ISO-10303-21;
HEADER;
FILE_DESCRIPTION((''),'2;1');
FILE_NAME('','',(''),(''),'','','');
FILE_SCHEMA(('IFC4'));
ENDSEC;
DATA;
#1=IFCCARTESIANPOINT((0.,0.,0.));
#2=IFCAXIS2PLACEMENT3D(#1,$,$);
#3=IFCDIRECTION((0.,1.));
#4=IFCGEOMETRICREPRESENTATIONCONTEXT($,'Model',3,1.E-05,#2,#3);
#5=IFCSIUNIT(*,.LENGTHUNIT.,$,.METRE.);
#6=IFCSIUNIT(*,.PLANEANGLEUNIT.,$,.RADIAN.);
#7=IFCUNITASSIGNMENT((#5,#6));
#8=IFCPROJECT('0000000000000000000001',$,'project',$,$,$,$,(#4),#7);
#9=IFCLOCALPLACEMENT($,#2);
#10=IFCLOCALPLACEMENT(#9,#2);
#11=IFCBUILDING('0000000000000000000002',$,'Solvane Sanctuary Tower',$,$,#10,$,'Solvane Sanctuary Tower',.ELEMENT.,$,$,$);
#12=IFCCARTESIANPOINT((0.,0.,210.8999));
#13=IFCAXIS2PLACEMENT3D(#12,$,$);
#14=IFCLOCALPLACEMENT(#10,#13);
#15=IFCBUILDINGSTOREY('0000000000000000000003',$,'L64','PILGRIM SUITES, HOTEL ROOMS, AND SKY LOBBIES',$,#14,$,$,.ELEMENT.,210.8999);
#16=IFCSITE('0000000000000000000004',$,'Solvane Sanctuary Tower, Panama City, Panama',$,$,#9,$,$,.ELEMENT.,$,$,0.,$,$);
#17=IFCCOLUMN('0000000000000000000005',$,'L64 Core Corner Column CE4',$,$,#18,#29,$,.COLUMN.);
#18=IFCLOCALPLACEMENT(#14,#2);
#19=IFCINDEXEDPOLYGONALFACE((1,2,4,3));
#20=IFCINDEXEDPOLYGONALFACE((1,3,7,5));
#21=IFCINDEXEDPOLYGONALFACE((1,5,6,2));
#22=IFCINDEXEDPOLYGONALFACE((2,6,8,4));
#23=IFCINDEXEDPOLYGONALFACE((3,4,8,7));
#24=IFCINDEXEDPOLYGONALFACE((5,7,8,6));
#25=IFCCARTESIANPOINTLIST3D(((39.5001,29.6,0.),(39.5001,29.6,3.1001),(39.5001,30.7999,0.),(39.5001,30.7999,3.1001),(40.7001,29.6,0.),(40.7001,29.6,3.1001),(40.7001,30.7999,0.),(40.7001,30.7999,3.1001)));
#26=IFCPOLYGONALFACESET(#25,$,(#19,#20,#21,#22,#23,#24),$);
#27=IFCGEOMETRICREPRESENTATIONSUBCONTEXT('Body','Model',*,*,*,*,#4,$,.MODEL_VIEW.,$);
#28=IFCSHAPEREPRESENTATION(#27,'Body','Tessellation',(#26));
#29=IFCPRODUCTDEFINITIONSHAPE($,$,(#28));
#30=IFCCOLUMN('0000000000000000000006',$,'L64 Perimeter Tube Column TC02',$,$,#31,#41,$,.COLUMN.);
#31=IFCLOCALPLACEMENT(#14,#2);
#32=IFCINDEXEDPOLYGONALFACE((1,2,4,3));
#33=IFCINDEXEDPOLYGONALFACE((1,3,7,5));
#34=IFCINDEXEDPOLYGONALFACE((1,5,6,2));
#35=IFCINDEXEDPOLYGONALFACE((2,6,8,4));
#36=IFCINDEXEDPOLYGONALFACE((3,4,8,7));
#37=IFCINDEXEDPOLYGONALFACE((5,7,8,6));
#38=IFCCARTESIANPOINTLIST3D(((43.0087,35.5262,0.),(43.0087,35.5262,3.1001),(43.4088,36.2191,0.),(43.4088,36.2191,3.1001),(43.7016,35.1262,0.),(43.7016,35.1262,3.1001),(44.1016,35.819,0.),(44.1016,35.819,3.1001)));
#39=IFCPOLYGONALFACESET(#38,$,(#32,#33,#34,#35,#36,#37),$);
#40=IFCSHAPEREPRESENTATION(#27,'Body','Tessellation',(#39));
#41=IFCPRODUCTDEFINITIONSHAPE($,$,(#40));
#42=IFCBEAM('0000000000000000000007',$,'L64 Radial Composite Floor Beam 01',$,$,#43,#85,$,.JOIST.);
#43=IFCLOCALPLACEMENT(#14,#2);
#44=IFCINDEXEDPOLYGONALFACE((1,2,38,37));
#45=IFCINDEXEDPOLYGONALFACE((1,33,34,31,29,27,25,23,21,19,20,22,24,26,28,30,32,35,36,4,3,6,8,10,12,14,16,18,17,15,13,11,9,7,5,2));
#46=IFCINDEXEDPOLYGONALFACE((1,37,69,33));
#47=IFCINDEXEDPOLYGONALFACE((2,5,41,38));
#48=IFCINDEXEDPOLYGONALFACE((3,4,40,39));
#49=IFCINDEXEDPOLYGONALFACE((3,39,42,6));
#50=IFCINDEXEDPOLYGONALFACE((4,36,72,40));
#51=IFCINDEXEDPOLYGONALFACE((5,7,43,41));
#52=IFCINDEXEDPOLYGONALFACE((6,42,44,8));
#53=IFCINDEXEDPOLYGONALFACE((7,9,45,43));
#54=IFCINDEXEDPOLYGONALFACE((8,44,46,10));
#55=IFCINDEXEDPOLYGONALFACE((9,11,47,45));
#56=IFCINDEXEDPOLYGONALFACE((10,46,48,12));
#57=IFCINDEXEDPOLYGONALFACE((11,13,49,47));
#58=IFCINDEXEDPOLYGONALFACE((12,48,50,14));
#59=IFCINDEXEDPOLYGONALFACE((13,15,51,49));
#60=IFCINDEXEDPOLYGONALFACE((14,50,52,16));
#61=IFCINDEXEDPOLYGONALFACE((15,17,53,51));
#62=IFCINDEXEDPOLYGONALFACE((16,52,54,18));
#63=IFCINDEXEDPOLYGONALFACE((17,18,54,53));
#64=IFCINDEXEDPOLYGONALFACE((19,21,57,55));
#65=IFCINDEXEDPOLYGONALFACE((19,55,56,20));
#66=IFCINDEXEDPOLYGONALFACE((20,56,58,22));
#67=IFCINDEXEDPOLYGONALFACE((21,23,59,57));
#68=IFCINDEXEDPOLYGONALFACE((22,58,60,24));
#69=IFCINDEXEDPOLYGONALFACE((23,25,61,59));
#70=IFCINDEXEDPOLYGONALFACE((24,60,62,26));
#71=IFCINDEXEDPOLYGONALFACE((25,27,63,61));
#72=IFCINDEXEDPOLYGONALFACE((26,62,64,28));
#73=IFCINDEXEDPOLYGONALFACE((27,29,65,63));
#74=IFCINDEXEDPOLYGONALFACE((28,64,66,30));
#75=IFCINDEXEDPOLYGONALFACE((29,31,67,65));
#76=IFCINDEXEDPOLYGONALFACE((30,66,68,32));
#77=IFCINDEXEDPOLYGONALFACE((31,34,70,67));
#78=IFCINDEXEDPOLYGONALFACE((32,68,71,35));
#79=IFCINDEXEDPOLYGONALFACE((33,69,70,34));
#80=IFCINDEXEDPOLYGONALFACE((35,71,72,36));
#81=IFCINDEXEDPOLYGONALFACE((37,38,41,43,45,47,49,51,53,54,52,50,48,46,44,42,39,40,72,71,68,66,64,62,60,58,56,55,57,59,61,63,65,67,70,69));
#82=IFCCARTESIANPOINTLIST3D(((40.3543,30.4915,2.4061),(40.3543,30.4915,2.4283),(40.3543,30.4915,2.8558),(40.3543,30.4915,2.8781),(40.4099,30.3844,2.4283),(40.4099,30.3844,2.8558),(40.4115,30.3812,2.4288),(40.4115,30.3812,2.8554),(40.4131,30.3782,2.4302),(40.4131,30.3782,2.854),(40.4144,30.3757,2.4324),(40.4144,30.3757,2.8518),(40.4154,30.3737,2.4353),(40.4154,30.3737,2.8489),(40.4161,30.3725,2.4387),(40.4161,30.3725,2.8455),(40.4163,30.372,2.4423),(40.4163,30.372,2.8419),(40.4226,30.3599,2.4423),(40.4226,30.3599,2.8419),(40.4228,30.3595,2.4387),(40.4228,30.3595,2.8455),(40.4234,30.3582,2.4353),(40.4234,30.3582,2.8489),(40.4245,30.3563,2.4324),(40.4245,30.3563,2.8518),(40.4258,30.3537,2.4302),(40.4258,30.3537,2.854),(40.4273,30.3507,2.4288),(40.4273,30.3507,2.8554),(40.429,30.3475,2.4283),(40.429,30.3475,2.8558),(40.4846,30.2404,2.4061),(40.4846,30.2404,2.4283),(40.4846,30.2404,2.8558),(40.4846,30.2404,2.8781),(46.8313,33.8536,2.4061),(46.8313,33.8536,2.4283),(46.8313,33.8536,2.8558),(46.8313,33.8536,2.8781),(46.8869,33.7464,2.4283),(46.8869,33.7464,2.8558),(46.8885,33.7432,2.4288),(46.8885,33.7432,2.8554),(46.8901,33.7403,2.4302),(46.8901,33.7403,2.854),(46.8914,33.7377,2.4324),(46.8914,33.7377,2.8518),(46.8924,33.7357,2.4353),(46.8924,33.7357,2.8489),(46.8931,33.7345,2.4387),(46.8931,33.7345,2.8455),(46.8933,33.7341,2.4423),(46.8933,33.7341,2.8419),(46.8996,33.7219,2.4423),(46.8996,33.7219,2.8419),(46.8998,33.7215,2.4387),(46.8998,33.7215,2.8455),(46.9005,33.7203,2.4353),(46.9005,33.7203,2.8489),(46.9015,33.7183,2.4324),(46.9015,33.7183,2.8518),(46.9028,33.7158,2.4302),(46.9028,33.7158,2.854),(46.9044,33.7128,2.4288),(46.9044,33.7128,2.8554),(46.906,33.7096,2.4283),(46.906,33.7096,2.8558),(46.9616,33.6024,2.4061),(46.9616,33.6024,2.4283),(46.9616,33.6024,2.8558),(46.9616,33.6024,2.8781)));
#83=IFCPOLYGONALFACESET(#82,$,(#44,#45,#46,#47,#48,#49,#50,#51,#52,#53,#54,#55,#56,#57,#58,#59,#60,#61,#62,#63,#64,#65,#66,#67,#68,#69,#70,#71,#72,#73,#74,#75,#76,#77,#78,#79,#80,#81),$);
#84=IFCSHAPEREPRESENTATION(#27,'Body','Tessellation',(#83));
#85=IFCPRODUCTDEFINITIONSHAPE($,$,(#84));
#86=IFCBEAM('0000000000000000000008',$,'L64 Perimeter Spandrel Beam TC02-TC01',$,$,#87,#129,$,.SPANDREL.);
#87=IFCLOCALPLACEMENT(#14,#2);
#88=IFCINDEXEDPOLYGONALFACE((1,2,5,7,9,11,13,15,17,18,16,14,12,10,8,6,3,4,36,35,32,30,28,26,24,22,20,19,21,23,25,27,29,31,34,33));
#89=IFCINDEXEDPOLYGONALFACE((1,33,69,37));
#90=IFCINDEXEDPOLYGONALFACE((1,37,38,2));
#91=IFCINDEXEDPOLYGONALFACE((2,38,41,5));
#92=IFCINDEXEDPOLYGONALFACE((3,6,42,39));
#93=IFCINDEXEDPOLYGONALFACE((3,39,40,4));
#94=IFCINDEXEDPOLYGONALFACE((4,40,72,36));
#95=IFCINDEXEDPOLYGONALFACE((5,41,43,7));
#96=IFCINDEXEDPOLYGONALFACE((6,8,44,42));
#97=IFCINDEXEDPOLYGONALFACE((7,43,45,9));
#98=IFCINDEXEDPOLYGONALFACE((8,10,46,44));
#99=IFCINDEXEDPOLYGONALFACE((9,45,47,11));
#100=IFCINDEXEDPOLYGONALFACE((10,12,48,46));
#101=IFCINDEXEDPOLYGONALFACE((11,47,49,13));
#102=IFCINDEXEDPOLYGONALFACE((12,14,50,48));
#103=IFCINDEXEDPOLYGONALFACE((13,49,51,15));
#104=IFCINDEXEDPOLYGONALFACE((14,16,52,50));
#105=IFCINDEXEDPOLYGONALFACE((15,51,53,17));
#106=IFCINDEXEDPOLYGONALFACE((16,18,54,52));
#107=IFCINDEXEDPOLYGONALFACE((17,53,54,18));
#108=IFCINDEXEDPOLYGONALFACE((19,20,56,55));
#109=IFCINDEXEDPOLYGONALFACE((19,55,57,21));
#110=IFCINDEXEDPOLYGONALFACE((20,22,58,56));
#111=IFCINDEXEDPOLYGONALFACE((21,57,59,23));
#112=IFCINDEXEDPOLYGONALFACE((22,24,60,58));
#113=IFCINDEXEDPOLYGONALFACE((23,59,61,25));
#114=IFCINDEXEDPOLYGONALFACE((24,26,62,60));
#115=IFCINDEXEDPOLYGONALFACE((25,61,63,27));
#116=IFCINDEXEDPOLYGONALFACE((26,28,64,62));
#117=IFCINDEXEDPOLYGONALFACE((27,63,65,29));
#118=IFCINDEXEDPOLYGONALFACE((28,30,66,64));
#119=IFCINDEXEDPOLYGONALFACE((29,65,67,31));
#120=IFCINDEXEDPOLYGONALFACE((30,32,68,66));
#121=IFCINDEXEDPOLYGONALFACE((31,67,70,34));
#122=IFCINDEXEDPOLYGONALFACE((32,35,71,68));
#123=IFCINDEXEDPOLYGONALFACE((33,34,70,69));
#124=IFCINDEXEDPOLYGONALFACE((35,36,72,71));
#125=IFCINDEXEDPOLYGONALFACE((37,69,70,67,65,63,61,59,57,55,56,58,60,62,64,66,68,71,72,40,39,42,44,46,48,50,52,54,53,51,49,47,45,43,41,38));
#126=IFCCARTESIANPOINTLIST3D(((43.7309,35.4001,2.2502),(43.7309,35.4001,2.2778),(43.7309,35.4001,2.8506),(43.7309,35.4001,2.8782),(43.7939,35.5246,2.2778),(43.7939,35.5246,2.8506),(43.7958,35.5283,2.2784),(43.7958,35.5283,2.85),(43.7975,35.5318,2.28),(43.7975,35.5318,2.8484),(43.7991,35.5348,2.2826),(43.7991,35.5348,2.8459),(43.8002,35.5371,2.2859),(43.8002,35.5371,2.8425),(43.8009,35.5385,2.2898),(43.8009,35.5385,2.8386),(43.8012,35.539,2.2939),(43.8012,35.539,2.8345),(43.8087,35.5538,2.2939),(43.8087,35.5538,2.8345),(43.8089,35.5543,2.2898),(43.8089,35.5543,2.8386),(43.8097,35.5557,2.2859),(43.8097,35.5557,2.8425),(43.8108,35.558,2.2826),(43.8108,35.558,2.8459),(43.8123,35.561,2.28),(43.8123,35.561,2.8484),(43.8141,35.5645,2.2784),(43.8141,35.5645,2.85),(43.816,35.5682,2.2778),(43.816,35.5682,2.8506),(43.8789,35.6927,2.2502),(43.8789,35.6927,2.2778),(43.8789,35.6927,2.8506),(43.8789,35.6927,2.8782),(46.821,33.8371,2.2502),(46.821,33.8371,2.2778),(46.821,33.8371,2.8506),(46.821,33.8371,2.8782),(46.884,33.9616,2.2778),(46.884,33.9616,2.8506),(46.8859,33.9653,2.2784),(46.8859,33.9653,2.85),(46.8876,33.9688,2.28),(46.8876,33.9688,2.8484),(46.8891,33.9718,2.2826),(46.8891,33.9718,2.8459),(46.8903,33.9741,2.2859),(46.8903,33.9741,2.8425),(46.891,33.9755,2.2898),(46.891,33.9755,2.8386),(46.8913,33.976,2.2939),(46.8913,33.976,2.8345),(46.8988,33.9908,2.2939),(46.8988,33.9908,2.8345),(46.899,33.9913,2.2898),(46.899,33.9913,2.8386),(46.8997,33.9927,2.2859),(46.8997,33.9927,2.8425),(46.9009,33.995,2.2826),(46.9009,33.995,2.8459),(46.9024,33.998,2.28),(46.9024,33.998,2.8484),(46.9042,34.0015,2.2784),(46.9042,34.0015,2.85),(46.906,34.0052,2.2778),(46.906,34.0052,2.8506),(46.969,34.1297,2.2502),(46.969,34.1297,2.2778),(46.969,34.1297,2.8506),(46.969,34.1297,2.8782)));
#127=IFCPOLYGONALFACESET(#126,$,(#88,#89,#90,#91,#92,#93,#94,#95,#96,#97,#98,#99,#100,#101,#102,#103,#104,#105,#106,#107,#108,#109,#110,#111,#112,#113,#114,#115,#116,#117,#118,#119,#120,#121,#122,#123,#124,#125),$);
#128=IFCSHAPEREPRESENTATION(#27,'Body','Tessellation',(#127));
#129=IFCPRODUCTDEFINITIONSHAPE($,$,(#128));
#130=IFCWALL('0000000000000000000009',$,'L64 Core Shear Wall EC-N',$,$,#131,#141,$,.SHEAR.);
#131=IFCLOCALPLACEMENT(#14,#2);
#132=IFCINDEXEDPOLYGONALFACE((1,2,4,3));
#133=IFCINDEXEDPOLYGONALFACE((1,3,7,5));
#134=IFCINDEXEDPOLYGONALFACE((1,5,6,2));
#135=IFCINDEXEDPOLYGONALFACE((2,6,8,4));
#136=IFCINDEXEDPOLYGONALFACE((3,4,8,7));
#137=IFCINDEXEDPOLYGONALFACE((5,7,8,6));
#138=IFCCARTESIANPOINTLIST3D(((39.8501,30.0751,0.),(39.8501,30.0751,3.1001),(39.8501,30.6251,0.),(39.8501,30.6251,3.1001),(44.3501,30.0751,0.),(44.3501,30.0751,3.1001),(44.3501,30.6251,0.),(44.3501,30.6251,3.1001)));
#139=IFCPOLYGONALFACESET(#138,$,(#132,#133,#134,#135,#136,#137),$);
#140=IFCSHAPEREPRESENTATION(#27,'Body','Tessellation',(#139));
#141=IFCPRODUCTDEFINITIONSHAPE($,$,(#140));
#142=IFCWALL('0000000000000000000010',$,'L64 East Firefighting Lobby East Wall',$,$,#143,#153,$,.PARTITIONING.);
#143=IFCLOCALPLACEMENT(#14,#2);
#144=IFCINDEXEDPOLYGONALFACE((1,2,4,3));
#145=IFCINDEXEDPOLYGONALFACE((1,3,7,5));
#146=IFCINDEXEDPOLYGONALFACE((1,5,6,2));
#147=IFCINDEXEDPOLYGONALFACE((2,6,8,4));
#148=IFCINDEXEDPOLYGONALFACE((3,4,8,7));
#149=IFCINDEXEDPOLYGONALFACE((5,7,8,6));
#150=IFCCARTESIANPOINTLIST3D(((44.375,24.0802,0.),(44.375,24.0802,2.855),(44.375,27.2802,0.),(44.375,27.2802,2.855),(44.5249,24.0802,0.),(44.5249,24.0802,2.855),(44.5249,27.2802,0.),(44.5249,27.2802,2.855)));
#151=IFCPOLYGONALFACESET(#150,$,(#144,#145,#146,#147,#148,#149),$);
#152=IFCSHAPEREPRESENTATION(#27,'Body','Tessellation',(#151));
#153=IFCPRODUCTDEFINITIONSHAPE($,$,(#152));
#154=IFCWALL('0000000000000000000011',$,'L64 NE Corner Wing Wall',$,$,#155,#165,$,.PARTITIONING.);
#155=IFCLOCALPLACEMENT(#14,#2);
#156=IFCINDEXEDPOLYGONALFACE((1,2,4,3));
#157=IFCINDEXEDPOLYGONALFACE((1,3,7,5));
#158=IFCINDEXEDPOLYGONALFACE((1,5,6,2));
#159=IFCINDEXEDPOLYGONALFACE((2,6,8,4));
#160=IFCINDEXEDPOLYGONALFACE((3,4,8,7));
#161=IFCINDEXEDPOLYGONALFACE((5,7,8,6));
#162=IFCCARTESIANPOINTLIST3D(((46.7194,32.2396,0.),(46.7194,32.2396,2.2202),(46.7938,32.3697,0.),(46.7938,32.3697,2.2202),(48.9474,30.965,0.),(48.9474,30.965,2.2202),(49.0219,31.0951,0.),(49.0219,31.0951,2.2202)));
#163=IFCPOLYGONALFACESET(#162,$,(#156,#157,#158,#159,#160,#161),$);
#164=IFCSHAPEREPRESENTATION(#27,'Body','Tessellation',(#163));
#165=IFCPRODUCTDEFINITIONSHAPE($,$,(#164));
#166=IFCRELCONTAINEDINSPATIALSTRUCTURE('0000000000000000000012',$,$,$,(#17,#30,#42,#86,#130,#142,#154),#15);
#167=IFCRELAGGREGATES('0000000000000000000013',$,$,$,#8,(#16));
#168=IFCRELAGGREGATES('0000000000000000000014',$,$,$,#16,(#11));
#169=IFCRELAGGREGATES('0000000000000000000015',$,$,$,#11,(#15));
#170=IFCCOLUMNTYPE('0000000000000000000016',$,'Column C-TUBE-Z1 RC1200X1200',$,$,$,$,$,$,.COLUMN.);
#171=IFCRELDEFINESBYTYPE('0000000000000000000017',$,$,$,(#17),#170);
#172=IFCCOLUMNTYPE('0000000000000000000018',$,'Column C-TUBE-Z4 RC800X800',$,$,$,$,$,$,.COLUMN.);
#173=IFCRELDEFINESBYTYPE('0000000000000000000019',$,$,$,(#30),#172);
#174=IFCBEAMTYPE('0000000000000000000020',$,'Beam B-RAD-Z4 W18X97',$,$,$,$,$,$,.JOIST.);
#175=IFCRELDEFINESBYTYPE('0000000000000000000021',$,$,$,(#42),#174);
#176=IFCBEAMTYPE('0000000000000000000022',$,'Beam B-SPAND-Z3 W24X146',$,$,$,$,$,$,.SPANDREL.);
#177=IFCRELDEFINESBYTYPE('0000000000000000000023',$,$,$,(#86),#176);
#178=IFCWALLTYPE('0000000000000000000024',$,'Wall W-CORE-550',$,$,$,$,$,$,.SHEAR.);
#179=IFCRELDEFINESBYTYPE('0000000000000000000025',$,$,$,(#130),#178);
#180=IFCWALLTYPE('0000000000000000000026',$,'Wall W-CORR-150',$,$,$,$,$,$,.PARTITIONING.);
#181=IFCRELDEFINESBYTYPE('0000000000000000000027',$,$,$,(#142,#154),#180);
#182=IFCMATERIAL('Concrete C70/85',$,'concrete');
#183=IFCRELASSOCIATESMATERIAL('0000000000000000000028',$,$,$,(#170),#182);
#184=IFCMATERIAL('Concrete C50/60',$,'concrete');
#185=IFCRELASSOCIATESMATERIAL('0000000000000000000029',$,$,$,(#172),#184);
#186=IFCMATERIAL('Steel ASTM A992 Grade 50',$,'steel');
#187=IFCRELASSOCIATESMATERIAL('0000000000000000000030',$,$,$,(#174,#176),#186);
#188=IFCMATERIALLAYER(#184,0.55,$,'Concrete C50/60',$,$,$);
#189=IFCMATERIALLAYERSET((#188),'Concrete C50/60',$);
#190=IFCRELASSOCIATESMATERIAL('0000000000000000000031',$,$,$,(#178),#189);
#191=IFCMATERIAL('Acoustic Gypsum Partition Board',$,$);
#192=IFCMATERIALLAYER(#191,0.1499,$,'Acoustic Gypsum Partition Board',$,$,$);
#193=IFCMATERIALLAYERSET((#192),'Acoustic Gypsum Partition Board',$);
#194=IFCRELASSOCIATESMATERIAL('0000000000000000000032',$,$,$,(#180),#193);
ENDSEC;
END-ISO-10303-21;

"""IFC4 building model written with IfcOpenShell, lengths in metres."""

from ifc_helpers import new_model, si_unit, direction, frame, frame_2d, origin, origin_2d, place, context, subcontext, project, spatial, rectangle, i_section, extrude, material, layer, layer_set, material_profile, profile_set, type_object, element, save


model = new_model("IFC4")

# Units and contexts
model_context = context("Model", 3, precision=1e-05, world=origin(), true_north=direction((0.0, 1.0)))
body_context = subcontext(model_context, "Body", "Model", "MODEL_VIEW")
ifc_project = project(units=[si_unit("LENGTHUNIT", "METRE"), si_unit("PLANEANGLEUNIT", "RADIAN")], contexts=[model_context])

# Site, building, storey
site_placement = place(None, origin())
site = spatial("IfcSite", under=ifc_project, at=site_placement, Name="Solvane Sanctuary Tower, Panama City, Panama", CompositionType="ELEMENT", RefElevation=0.0)
building_placement = place(site_placement, origin())
building = spatial("IfcBuilding", under=site, at=building_placement, Name="Solvane Sanctuary Tower", LongName="Solvane Sanctuary Tower", CompositionType="ELEMENT")
storey_placement = place(building_placement, frame((0.0, 0.0, 210.8999)))
storey = spatial("IfcBuildingStorey", under=building, at=storey_placement, Name="L64", Description="PILGRIM SUITES, HOTEL ROOMS, AND SKY LOBBIES", CompositionType="ELEMENT", Elevation=210.8999)

# Columns
ifc_material_1 = material(Name="Concrete C70/85", Category="concrete")
ifc_material_profile_1 = material_profile(ifc_material_1, rectangle(XDim=1.2, YDim=1.2, at=origin_2d()), Name="RC1200X1200")
ifc_profile_set_1 = profile_set([ifc_material_profile_1], Name="Concrete C70/85")
column_type_1 = type_object("IfcColumnType", Name="Column C-TUBE-Z1 RC1200X1200", PredefinedType="COLUMN", material=ifc_profile_set_1)
column_1_placement = place(storey_placement, frame((40.1001, 30.2, 0.0), z_axis=(0.0, 0.0, 1.0), x_axis=(1.0, 0.0, 0.0)))
element("IfcColumn", 1, at=column_1_placement, inside=storey, type_object=column_type_1, Name="L64 Core Corner Column CE4", PredefinedType="COLUMN", context=body_context, shape_type="SweptSolid", body=[
    extrude(rectangle(XDim=1.2, YDim=1.2, at=origin_2d()), origin(), (0.0, 0.0, 1.0), 3.1001),
])
ifc_material_2 = material(Name="Concrete C50/60", Category="concrete")
ifc_material_profile_2 = material_profile(ifc_material_2, rectangle(XDim=0.8, YDim=0.8, at=origin_2d()), Name="RC800X800")
ifc_profile_set_2 = profile_set([ifc_material_profile_2], Name="Concrete C50/60")
column_type_2 = type_object("IfcColumnType", Name="Column C-TUBE-Z4 RC800X800", PredefinedType="COLUMN", material=ifc_profile_set_2)
column_2_placement = place(storey_placement, frame((43.5552, 35.6726, 0.0), z_axis=(0.0, 0.0, 1.0), x_axis=(0.5, 0.866025, 0.0)))
element("IfcColumn", 2, at=column_2_placement, inside=storey, type_object=column_type_2, Name="L64 Perimeter Tube Column TC02", PredefinedType="COLUMN", context=body_context, shape_type="SweptSolid", body=[
    extrude(rectangle(XDim=0.8, YDim=0.8, at=origin_2d()), origin(), (0.0, 0.0, 1.0), 3.1001),
])

# Beams
ifc_material_3 = material(Name="Steel ASTM A992 Grade 50", Category="steel")
ifc_material_profile_3 = material_profile(ifc_material_3, i_section(OverallWidth=0.283, OverallDepth=0.4719, WebThickness=0.0137, FlangeThickness=0.0222, FilletRadius=0.0139, at=origin_2d()), Name="W18X97")
ifc_profile_set_3 = profile_set([ifc_material_profile_3], Name="Steel ASTM A992 Grade 50")
beam_type_1 = type_object("IfcBeamType", Name="Beam B-RAD-Z4 W18X97", PredefinedType="JOIST", material=ifc_profile_set_3)
beam_1_placement = place(storey_placement, frame((40.4194, 30.366, 2.6421), z_axis=(0.887553, 0.460705, 0.0), x_axis=(-0.460705, 0.887553, 0.0)))
element("IfcBeam", 3, at=beam_1_placement, inside=storey, type_object=beam_type_1, Name="L64 Radial Composite Floor Beam 01", PredefinedType="JOIST", context=body_context, shape_type="SweptSolid", body=[
    extrude(i_section(OverallWidth=0.283, OverallDepth=0.4719, WebThickness=0.0137, FlangeThickness=0.0222, FilletRadius=0.0139, at=origin_2d()), origin(), (0.0, 0.0, 1.0), 7.2976),
])
ifc_material_profile_4 = material_profile(ifc_material_3, i_section(OverallWidth=0.3279, OverallDepth=0.6279, WebThickness=0.0166, FlangeThickness=0.0276, FilletRadius=0.0161, at=origin_2d()), Name="W24X146")
ifc_profile_set_4 = profile_set([ifc_material_profile_4], Name="Steel ASTM A992 Grade 50")
beam_type_2 = type_object("IfcBeamType", Name="Beam B-SPAND-Z3 W24X146", PredefinedType="SPANDREL", material=ifc_profile_set_4)
beam_2_placement = place(storey_placement, frame((43.8049, 35.5464, 2.5642), z_axis=(0.892345, -0.451354, 0.0), x_axis=(0.451354, 0.892345, 0.0)))
element("IfcBeam", 4, at=beam_2_placement, inside=storey, type_object=beam_type_2, Name="L64 Perimeter Spandrel Beam TC02-TC01", PredefinedType="SPANDREL", context=body_context, shape_type="SweptSolid", body=[
    extrude(i_section(OverallWidth=0.3279, OverallDepth=0.6279, WebThickness=0.0166, FlangeThickness=0.0276, FilletRadius=0.0161, at=origin_2d()), origin(), (0.0, 0.0, 1.0), 3.4629),
])

# Walls
ifc_layer_1 = layer(ifc_material_2, 0.55, Name="Concrete C50/60")
ifc_layer_set_1 = layer_set([ifc_layer_1], Name="Concrete C50/60")
wall_type_1 = type_object("IfcWallType", Name="Wall W-CORE-550", PredefinedType="SHEAR", material=ifc_layer_set_1)
wall_1_placement = place(storey_placement, frame((39.8501, 30.3501, 0.0), z_axis=(0.0, 0.0, 1.0), x_axis=(1.0, 0.0, 0.0)))
element("IfcWall", 5, at=wall_1_placement, inside=storey, type_object=wall_type_1, Name="L64 Core Shear Wall EC-N", PredefinedType="SHEAR", context=body_context, shape_type="SweptSolid", body=[
    extrude(rectangle(XDim=4.5, YDim=0.55, at=frame_2d((2.25, 0.0))), origin(), (0.0, 0.0, 1.0), 3.1001),
])
ifc_material_4 = material(Name="Acoustic Gypsum Partition Board")
ifc_layer_2 = layer(ifc_material_4, 0.1499, Name="Acoustic Gypsum Partition Board")
ifc_layer_set_2 = layer_set([ifc_layer_2], Name="Acoustic Gypsum Partition Board")
wall_type_2 = type_object("IfcWallType", Name="Wall W-CORR-150", PredefinedType="PARTITIONING", material=ifc_layer_set_2)
wall_2_placement = place(storey_placement, frame((44.45, 24.0801, 0.0), z_axis=(0.0, 0.0, 1.0), x_axis=(0.0, 1.0, 0.0)))
element("IfcWall", 6, at=wall_2_placement, inside=storey, type_object=wall_type_2, Name="L64 East Firefighting Lobby East Wall", PredefinedType="PARTITIONING", context=body_context, shape_type="SweptSolid", body=[
    extrude(rectangle(XDim=3.2, YDim=0.1499, at=frame_2d((1.6001, 0.0))), origin(), (0.0, 0.0, 1.0), 2.855),
])
wall_3_placement = place(storey_placement, frame((46.7566, 32.3047, 0.0), z_axis=(0.0, 0.0, 1.0), x_axis=(0.867991, -0.496579, 0.0)))
element("IfcWall", 7, at=wall_3_placement, inside=storey, type_object=wall_type_2, Name="L64 NE Corner Wing Wall", PredefinedType="PARTITIONING", context=body_context, shape_type="SweptSolid", body=[
    extrude(rectangle(XDim=2.5669, YDim=0.1499, at=frame_2d((1.2834, 0.0))), origin(), (0.0, 0.0, 1.0), 2.2202),
])

save(model, "model.ifc")
